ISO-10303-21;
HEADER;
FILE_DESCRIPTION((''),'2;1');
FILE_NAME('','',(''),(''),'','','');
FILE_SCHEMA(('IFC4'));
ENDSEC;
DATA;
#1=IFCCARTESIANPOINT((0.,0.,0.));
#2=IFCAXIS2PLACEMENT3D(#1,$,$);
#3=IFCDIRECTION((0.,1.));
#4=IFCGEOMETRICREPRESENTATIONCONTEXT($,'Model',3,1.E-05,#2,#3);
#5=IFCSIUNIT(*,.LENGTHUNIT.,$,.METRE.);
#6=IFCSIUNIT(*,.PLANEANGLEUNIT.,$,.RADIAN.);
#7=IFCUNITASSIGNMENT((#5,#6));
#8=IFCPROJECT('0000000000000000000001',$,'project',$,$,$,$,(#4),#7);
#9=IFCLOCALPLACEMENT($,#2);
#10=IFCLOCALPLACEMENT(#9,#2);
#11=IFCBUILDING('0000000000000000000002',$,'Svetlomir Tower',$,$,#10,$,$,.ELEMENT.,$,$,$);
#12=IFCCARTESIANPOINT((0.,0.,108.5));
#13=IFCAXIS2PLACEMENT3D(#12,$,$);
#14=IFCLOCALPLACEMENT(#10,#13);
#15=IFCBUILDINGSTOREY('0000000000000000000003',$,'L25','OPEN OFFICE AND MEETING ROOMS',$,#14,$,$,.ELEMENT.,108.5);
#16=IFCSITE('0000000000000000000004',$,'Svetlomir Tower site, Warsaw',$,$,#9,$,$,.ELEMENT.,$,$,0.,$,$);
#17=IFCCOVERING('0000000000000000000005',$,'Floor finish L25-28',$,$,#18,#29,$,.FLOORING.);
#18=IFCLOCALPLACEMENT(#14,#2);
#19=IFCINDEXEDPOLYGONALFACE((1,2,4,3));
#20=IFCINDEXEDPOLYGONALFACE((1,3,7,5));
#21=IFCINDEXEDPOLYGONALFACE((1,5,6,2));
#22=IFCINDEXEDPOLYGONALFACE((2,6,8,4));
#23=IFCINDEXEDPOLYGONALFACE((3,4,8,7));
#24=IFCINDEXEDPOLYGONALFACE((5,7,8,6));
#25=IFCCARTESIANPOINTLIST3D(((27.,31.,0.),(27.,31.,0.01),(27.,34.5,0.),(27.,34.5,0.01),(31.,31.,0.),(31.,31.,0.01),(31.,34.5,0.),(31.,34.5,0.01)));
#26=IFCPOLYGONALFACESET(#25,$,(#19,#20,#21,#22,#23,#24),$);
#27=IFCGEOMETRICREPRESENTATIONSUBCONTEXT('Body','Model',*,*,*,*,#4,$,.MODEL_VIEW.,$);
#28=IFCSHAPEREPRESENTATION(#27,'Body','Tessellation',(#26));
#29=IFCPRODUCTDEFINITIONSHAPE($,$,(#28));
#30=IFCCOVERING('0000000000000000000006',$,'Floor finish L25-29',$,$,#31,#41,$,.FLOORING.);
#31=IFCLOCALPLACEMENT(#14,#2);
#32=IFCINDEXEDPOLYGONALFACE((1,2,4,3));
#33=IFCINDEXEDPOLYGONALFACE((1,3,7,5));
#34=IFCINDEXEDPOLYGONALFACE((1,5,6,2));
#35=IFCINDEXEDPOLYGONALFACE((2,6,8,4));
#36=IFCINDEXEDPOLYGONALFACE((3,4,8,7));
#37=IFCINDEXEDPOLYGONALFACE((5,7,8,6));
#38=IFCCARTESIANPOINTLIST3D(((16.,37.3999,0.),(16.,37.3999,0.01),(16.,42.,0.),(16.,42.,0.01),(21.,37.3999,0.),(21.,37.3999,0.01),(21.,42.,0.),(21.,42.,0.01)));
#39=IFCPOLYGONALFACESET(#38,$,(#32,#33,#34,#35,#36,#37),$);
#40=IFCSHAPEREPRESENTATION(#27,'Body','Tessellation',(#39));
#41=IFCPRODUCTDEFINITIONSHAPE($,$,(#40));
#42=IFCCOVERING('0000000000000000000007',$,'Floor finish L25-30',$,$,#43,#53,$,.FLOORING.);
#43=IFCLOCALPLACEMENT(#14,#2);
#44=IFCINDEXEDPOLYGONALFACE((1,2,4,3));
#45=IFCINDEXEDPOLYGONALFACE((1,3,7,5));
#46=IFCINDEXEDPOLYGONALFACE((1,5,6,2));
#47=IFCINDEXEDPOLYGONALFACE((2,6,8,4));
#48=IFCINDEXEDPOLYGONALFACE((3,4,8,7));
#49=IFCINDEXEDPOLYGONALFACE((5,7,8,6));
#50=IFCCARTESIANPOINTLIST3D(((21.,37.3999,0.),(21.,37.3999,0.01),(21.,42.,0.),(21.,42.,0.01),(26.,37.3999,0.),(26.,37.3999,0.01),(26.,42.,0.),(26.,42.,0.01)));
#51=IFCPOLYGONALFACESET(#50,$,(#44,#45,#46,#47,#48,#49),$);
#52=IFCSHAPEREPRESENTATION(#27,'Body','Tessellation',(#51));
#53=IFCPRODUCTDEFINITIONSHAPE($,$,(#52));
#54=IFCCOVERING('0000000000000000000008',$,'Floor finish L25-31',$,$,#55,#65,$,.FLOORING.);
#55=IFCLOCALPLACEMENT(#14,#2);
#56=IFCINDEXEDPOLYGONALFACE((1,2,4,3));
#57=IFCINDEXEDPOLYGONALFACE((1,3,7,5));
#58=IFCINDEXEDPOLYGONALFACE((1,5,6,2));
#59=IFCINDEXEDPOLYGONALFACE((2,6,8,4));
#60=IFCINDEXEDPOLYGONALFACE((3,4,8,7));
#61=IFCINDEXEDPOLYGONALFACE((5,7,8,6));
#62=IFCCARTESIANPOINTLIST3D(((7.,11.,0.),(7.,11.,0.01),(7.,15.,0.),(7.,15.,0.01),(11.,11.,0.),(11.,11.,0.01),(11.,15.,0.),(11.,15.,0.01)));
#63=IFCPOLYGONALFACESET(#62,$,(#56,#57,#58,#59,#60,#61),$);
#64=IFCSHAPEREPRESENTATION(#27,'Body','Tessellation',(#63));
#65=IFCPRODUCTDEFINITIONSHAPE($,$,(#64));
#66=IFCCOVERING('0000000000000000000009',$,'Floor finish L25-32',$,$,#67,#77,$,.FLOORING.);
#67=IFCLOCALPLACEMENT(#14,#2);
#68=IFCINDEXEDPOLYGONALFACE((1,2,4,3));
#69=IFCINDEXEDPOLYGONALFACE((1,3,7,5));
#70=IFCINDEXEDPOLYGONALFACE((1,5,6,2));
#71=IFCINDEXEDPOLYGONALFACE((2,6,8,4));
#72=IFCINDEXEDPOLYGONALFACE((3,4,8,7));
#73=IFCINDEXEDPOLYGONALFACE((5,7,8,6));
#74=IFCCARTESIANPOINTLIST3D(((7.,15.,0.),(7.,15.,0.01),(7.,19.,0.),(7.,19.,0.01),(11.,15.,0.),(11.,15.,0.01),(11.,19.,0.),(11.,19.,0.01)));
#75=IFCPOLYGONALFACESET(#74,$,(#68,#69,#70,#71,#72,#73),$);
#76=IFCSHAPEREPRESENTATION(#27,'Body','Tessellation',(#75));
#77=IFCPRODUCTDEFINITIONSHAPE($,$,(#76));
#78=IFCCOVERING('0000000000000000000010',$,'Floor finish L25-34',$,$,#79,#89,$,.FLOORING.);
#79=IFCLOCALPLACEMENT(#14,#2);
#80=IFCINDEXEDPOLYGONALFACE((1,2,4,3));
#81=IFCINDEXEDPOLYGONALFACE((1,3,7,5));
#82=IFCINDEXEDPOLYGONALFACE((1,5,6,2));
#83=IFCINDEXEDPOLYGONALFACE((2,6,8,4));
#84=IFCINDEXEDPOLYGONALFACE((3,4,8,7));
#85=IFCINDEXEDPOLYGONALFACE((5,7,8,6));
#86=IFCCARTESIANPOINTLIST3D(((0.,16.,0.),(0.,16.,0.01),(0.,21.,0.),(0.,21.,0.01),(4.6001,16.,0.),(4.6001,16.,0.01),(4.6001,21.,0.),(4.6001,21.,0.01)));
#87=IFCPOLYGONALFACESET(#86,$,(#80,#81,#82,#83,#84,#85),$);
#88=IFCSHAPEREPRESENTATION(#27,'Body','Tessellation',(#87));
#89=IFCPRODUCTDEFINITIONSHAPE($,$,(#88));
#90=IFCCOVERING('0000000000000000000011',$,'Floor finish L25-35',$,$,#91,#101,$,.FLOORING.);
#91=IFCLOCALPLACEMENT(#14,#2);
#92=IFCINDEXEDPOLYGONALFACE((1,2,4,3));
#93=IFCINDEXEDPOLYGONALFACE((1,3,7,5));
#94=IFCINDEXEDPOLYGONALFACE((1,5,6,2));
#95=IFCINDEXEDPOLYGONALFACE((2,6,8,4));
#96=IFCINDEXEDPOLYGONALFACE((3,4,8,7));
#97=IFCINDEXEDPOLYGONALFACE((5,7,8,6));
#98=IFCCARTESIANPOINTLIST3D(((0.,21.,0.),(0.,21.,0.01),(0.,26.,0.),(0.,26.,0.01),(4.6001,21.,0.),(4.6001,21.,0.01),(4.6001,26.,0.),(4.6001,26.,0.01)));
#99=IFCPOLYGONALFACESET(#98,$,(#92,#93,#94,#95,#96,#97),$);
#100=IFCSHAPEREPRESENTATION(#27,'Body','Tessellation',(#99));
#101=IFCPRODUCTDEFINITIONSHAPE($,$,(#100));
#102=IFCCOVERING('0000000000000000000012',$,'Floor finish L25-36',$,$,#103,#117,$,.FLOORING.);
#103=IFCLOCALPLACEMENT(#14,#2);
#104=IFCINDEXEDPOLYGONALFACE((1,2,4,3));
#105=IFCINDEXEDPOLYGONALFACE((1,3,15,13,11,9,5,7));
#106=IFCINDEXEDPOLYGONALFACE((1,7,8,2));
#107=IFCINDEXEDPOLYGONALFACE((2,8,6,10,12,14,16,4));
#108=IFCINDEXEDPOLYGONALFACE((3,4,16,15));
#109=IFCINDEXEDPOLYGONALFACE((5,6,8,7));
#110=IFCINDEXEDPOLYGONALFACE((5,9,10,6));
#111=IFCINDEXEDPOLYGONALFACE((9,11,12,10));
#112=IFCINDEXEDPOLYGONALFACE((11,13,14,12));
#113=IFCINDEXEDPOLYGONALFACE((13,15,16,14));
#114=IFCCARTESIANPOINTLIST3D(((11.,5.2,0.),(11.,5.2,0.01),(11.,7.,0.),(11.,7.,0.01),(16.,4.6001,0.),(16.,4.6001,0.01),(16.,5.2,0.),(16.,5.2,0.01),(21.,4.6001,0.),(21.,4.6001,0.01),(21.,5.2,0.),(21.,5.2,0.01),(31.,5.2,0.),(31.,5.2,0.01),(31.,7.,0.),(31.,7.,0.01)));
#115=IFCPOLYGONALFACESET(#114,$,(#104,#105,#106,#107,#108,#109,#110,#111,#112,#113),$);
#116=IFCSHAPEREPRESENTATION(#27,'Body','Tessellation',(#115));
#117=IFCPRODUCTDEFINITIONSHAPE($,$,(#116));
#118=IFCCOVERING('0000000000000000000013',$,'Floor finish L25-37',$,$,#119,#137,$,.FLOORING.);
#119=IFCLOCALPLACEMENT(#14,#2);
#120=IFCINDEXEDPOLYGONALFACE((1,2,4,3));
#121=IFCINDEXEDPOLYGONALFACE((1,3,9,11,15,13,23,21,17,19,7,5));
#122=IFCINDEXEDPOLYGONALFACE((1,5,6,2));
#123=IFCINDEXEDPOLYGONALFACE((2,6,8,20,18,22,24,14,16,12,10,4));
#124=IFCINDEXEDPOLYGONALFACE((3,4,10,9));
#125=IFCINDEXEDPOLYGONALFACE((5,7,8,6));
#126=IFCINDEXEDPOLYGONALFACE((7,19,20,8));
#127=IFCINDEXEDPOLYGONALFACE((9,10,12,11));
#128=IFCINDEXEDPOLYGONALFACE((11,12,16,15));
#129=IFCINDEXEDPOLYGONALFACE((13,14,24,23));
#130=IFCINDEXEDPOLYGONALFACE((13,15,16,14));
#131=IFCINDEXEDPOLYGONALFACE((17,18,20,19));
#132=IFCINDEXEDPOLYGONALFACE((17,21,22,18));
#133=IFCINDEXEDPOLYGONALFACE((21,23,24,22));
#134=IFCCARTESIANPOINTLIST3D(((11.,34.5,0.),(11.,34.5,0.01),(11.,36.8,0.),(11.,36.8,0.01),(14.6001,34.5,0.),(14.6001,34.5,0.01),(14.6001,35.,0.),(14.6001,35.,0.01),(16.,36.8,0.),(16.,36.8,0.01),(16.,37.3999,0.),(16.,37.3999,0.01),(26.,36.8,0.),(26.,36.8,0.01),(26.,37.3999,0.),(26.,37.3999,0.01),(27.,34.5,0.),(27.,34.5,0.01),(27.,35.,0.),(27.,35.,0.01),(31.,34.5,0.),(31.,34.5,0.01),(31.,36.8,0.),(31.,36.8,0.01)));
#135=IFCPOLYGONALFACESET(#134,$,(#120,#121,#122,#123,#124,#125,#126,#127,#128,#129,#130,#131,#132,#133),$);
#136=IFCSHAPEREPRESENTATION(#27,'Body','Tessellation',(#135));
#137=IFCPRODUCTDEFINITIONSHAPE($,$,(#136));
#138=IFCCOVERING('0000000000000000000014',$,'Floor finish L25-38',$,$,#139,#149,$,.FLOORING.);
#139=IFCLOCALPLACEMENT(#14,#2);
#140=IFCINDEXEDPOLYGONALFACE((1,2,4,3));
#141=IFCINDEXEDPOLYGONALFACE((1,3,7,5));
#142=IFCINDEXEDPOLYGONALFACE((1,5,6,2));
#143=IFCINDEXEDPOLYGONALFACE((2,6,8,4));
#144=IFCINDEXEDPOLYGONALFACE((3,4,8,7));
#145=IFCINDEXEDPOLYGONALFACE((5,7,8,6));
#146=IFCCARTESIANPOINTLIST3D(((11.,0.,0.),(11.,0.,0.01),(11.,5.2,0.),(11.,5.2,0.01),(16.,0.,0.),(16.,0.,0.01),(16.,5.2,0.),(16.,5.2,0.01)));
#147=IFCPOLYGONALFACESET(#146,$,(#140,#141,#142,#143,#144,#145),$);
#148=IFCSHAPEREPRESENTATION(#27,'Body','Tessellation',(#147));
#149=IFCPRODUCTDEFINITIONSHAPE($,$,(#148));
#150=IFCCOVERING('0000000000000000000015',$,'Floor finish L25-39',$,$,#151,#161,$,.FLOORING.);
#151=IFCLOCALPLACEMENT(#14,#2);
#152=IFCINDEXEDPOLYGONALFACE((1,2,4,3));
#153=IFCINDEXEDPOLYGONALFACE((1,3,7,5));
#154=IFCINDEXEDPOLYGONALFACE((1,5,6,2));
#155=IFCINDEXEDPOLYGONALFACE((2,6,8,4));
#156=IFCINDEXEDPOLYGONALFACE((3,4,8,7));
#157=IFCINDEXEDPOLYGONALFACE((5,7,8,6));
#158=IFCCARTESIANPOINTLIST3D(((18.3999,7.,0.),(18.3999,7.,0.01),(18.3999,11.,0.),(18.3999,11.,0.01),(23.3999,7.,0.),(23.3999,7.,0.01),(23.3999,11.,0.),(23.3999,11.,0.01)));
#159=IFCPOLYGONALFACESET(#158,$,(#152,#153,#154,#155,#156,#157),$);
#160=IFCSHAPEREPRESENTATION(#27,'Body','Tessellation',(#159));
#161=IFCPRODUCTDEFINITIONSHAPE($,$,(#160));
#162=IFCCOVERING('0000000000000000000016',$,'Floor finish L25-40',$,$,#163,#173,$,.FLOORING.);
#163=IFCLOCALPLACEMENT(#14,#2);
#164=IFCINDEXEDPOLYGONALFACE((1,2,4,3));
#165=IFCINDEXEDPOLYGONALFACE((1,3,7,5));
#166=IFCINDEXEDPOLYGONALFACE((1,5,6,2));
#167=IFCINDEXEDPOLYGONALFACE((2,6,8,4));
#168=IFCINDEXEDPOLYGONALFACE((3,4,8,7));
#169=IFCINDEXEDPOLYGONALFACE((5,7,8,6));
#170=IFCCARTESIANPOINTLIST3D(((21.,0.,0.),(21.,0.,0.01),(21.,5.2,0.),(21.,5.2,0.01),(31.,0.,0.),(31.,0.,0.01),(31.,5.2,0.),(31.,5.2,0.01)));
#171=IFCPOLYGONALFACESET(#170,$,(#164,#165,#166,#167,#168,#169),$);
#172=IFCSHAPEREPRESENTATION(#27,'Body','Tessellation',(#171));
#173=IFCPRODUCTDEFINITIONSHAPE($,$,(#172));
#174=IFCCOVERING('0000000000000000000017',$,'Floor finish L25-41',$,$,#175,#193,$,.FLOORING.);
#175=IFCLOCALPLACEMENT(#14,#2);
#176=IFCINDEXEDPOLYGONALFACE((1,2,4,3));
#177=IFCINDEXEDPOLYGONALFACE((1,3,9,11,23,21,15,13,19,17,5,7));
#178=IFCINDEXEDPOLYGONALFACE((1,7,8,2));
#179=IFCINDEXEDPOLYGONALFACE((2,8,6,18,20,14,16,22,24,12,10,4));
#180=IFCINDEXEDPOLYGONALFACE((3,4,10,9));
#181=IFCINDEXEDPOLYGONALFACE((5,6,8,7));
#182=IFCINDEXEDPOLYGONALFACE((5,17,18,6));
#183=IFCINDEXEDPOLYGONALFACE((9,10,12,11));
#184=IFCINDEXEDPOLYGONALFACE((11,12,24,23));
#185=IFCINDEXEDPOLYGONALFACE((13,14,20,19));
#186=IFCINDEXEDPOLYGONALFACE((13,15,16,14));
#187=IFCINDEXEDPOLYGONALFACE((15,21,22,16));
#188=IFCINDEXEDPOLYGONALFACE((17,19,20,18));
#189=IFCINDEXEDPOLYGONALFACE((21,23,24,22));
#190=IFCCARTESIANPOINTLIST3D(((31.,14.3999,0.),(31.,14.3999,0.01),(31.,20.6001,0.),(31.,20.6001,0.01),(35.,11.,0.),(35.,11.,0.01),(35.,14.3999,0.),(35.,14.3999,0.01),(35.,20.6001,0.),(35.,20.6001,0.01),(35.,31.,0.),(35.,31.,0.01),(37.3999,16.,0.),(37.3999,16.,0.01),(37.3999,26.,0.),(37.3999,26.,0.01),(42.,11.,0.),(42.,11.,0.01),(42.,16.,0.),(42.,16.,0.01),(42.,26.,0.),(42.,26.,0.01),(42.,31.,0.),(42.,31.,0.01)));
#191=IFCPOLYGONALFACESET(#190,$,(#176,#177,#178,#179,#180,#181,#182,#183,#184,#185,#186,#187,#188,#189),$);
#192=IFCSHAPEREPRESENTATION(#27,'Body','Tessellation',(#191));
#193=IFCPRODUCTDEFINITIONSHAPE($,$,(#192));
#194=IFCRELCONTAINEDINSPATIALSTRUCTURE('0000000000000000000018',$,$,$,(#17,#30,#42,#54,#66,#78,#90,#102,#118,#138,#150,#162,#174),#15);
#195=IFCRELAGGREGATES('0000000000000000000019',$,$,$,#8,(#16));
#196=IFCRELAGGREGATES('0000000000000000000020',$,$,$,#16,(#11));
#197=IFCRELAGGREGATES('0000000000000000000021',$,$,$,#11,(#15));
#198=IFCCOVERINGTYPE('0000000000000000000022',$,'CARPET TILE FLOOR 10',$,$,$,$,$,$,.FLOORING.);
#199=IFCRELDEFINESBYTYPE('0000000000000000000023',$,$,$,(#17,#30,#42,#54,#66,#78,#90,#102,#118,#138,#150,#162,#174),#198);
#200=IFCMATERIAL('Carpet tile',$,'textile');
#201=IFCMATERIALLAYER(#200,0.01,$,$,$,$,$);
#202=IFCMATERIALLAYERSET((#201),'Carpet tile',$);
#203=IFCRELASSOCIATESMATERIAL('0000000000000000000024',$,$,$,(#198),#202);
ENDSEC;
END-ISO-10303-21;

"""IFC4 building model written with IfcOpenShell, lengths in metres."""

from ifc_helpers import new_model, si_unit, direction, frame, origin, place, context, subcontext, project, spatial, polyline, outline, extrude, material, layer, layer_set, type_object, element, save


model = new_model("IFC4")

# Units and contexts
model_context = context("Model", 3, precision=1e-05, world=origin(), true_north=direction((0.0, 1.0)))
body_context = subcontext(model_context, "Body", "Model", "MODEL_VIEW")
ifc_project = project(units=[si_unit("LENGTHUNIT", "METRE"), si_unit("PLANEANGLEUNIT", "RADIAN")], contexts=[model_context])

# Site, building, storey
site_placement = place(None, origin())
site = spatial("IfcSite", under=ifc_project, at=site_placement, Name="Svetlomir Tower site, Warsaw", CompositionType="ELEMENT", RefElevation=0.0)
building_placement = place(site_placement, origin())
building = spatial("IfcBuilding", under=site, at=building_placement, Name="Svetlomir Tower", CompositionType="ELEMENT")
storey_placement = place(building_placement, frame((0.0, 0.0, 108.5)))
storey = spatial("IfcBuildingStorey", under=building, at=storey_placement, Name="L25", Description="OPEN OFFICE AND MEETING ROOMS", CompositionType="ELEMENT", Elevation=108.5)

# Coverings
ifc_material_1 = material(Name="Carpet tile", Category="textile")
ifc_layer_1 = layer(ifc_material_1, 0.01)
ifc_layer_set_1 = layer_set([ifc_layer_1], Name="Carpet tile")
covering_type_1 = type_object("IfcCoveringType", Name="CARPET TILE FLOOR 10", PredefinedType="FLOORING", material=ifc_layer_set_1)
covering_1_placement = place(storey_placement, origin())
element("IfcCovering", 1, at=covering_1_placement, inside=storey, type_object=covering_type_1, Name="Floor finish L25-28", PredefinedType="FLOORING", context=body_context, shape_type="SweptSolid", body=[
    extrude(outline(polyline([(27.0, 31.0), (31.0, 31.0), (31.0, 34.5), (27.0, 34.5), (27.0, 31.0)])), origin(), (0.0, 0.0, 1.0), 0.01),
])
covering_2_placement = place(storey_placement, origin())
element("IfcCovering", 2, at=covering_2_placement, inside=storey, type_object=covering_type_1, Name="Floor finish L25-29", PredefinedType="FLOORING", context=body_context, shape_type="SweptSolid", body=[
    extrude(outline(polyline([(16.0, 37.3999), (21.0, 37.3999), (21.0, 42.0), (16.0, 42.0), (16.0, 37.3999)])), origin(), (0.0, 0.0, 1.0), 0.01),
])
covering_3_placement = place(storey_placement, origin())
element("IfcCovering", 3, at=covering_3_placement, inside=storey, type_object=covering_type_1, Name="Floor finish L25-30", PredefinedType="FLOORING", context=body_context, shape_type="SweptSolid", body=[
    extrude(outline(polyline([(21.0, 37.3999), (26.0, 37.3999), (26.0, 42.0), (21.0, 42.0), (21.0, 37.3999)])), origin(), (0.0, 0.0, 1.0), 0.01),
])
covering_4_placement = place(storey_placement, origin())
element("IfcCovering", 4, at=covering_4_placement, inside=storey, type_object=covering_type_1, Name="Floor finish L25-31", PredefinedType="FLOORING", context=body_context, shape_type="SweptSolid", body=[
    extrude(outline(polyline([(7.0, 11.0), (11.0, 11.0), (11.0, 15.0), (7.0, 15.0), (7.0, 11.0)])), origin(), (0.0, 0.0, 1.0), 0.01),
])
covering_5_placement = place(storey_placement, origin())
element("IfcCovering", 5, at=covering_5_placement, inside=storey, type_object=covering_type_1, Name="Floor finish L25-32", PredefinedType="FLOORING", context=body_context, shape_type="SweptSolid", body=[
    extrude(outline(polyline([(7.0, 15.0), (11.0, 15.0), (11.0, 19.0), (7.0, 19.0), (7.0, 15.0)])), origin(), (0.0, 0.0, 1.0), 0.01),
])
covering_6_placement = place(storey_placement, origin())
element("IfcCovering", 6, at=covering_6_placement, inside=storey, type_object=covering_type_1, Name="Floor finish L25-34", PredefinedType="FLOORING", context=body_context, shape_type="SweptSolid", body=[
    extrude(outline(polyline([(0.0, 16.0), (4.6001, 16.0), (4.6001, 21.0), (0.0, 21.0), (0.0, 16.0)])), origin(), (0.0, 0.0, 1.0), 0.01),
])
covering_7_placement = place(storey_placement, origin())
element("IfcCovering", 7, at=covering_7_placement, inside=storey, type_object=covering_type_1, Name="Floor finish L25-35", PredefinedType="FLOORING", context=body_context, shape_type="SweptSolid", body=[
    extrude(outline(polyline([(0.0, 21.0), (4.6001, 21.0), (4.6001, 26.0), (0.0, 26.0), (0.0, 21.0)])), origin(), (0.0, 0.0, 1.0), 0.01),
])
covering_8_placement = place(storey_placement, origin())
element("IfcCovering", 8, at=covering_8_placement, inside=storey, type_object=covering_type_1, Name="Floor finish L25-36", PredefinedType="FLOORING", context=body_context, shape_type="SweptSolid", body=[
    extrude(outline(polyline([(16.0, 4.6001), (16.0, 5.2), (11.0, 5.2), (11.0, 7.0), (31.0, 7.0), (31.0, 5.2), (21.0, 5.2), (21.0, 4.6001), (16.0, 4.6001)])), origin(), (0.0, 0.0, 1.0), 0.01),
])
covering_9_placement = place(storey_placement, origin())
element("IfcCovering", 9, at=covering_9_placement, inside=storey, type_object=covering_type_1, Name="Floor finish L25-37", PredefinedType="FLOORING", context=body_context, shape_type="SweptSolid", body=[
    extrude(outline(polyline([(14.6001, 34.5), (11.0, 34.5), (11.0, 36.8), (16.0, 36.8), (16.0, 37.3999), (26.0, 37.3999), (26.0, 36.8), (31.0, 36.8), (31.0, 34.5), (27.0, 34.5), (27.0, 35.0), (14.6001, 35.0), (14.6001, 34.5)])), origin(), (0.0, 0.0, 1.0), 0.01),
])
covering_10_placement = place(storey_placement, origin())
element("IfcCovering", 10, at=covering_10_placement, inside=storey, type_object=covering_type_1, Name="Floor finish L25-38", PredefinedType="FLOORING", context=body_context, shape_type="SweptSolid", body=[
    extrude(outline(polyline([(16.0, 5.2), (16.0, 0.0), (11.0, 0.0), (11.0, 5.2), (16.0, 5.2)])), origin(), (0.0, 0.0, 1.0), 0.01),
])
covering_11_placement = place(storey_placement, origin())
element("IfcCovering", 11, at=covering_11_placement, inside=storey, type_object=covering_type_1, Name="Floor finish L25-39", PredefinedType="FLOORING", context=body_context, shape_type="SweptSolid", body=[
    extrude(outline(polyline([(23.3999, 11.0), (23.3999, 7.0), (18.3999, 7.0), (18.3999, 11.0), (23.3999, 11.0)])), origin(), (0.0, 0.0, 1.0), 0.01),
])
covering_12_placement = place(storey_placement, origin())
element("IfcCovering", 12, at=covering_12_placement, inside=storey, type_object=covering_type_1, Name="Floor finish L25-40", PredefinedType="FLOORING", context=body_context, shape_type="SweptSolid", body=[
    extrude(outline(polyline([(21.0, 0.0), (21.0, 5.2), (31.0, 5.2), (31.0, 0.0), (21.0, 0.0)])), origin(), (0.0, 0.0, 1.0), 0.01),
])
covering_13_placement = place(storey_placement, origin())
element("IfcCovering", 13, at=covering_13_placement, inside=storey, type_object=covering_type_1, Name="Floor finish L25-41", PredefinedType="FLOORING", context=body_context, shape_type="SweptSolid", body=[
    extrude(outline(polyline([(35.0, 14.3999), (31.0, 14.3999), (31.0, 20.6001), (35.0, 20.6001), (35.0, 31.0), (42.0, 31.0), (42.0, 26.0), (37.3999, 26.0), (37.3999, 16.0), (42.0, 16.0), (42.0, 11.0), (35.0, 11.0), (35.0, 14.3999)])), origin(), (0.0, 0.0, 1.0), 0.01),
])

save(model, "model.ifc")
